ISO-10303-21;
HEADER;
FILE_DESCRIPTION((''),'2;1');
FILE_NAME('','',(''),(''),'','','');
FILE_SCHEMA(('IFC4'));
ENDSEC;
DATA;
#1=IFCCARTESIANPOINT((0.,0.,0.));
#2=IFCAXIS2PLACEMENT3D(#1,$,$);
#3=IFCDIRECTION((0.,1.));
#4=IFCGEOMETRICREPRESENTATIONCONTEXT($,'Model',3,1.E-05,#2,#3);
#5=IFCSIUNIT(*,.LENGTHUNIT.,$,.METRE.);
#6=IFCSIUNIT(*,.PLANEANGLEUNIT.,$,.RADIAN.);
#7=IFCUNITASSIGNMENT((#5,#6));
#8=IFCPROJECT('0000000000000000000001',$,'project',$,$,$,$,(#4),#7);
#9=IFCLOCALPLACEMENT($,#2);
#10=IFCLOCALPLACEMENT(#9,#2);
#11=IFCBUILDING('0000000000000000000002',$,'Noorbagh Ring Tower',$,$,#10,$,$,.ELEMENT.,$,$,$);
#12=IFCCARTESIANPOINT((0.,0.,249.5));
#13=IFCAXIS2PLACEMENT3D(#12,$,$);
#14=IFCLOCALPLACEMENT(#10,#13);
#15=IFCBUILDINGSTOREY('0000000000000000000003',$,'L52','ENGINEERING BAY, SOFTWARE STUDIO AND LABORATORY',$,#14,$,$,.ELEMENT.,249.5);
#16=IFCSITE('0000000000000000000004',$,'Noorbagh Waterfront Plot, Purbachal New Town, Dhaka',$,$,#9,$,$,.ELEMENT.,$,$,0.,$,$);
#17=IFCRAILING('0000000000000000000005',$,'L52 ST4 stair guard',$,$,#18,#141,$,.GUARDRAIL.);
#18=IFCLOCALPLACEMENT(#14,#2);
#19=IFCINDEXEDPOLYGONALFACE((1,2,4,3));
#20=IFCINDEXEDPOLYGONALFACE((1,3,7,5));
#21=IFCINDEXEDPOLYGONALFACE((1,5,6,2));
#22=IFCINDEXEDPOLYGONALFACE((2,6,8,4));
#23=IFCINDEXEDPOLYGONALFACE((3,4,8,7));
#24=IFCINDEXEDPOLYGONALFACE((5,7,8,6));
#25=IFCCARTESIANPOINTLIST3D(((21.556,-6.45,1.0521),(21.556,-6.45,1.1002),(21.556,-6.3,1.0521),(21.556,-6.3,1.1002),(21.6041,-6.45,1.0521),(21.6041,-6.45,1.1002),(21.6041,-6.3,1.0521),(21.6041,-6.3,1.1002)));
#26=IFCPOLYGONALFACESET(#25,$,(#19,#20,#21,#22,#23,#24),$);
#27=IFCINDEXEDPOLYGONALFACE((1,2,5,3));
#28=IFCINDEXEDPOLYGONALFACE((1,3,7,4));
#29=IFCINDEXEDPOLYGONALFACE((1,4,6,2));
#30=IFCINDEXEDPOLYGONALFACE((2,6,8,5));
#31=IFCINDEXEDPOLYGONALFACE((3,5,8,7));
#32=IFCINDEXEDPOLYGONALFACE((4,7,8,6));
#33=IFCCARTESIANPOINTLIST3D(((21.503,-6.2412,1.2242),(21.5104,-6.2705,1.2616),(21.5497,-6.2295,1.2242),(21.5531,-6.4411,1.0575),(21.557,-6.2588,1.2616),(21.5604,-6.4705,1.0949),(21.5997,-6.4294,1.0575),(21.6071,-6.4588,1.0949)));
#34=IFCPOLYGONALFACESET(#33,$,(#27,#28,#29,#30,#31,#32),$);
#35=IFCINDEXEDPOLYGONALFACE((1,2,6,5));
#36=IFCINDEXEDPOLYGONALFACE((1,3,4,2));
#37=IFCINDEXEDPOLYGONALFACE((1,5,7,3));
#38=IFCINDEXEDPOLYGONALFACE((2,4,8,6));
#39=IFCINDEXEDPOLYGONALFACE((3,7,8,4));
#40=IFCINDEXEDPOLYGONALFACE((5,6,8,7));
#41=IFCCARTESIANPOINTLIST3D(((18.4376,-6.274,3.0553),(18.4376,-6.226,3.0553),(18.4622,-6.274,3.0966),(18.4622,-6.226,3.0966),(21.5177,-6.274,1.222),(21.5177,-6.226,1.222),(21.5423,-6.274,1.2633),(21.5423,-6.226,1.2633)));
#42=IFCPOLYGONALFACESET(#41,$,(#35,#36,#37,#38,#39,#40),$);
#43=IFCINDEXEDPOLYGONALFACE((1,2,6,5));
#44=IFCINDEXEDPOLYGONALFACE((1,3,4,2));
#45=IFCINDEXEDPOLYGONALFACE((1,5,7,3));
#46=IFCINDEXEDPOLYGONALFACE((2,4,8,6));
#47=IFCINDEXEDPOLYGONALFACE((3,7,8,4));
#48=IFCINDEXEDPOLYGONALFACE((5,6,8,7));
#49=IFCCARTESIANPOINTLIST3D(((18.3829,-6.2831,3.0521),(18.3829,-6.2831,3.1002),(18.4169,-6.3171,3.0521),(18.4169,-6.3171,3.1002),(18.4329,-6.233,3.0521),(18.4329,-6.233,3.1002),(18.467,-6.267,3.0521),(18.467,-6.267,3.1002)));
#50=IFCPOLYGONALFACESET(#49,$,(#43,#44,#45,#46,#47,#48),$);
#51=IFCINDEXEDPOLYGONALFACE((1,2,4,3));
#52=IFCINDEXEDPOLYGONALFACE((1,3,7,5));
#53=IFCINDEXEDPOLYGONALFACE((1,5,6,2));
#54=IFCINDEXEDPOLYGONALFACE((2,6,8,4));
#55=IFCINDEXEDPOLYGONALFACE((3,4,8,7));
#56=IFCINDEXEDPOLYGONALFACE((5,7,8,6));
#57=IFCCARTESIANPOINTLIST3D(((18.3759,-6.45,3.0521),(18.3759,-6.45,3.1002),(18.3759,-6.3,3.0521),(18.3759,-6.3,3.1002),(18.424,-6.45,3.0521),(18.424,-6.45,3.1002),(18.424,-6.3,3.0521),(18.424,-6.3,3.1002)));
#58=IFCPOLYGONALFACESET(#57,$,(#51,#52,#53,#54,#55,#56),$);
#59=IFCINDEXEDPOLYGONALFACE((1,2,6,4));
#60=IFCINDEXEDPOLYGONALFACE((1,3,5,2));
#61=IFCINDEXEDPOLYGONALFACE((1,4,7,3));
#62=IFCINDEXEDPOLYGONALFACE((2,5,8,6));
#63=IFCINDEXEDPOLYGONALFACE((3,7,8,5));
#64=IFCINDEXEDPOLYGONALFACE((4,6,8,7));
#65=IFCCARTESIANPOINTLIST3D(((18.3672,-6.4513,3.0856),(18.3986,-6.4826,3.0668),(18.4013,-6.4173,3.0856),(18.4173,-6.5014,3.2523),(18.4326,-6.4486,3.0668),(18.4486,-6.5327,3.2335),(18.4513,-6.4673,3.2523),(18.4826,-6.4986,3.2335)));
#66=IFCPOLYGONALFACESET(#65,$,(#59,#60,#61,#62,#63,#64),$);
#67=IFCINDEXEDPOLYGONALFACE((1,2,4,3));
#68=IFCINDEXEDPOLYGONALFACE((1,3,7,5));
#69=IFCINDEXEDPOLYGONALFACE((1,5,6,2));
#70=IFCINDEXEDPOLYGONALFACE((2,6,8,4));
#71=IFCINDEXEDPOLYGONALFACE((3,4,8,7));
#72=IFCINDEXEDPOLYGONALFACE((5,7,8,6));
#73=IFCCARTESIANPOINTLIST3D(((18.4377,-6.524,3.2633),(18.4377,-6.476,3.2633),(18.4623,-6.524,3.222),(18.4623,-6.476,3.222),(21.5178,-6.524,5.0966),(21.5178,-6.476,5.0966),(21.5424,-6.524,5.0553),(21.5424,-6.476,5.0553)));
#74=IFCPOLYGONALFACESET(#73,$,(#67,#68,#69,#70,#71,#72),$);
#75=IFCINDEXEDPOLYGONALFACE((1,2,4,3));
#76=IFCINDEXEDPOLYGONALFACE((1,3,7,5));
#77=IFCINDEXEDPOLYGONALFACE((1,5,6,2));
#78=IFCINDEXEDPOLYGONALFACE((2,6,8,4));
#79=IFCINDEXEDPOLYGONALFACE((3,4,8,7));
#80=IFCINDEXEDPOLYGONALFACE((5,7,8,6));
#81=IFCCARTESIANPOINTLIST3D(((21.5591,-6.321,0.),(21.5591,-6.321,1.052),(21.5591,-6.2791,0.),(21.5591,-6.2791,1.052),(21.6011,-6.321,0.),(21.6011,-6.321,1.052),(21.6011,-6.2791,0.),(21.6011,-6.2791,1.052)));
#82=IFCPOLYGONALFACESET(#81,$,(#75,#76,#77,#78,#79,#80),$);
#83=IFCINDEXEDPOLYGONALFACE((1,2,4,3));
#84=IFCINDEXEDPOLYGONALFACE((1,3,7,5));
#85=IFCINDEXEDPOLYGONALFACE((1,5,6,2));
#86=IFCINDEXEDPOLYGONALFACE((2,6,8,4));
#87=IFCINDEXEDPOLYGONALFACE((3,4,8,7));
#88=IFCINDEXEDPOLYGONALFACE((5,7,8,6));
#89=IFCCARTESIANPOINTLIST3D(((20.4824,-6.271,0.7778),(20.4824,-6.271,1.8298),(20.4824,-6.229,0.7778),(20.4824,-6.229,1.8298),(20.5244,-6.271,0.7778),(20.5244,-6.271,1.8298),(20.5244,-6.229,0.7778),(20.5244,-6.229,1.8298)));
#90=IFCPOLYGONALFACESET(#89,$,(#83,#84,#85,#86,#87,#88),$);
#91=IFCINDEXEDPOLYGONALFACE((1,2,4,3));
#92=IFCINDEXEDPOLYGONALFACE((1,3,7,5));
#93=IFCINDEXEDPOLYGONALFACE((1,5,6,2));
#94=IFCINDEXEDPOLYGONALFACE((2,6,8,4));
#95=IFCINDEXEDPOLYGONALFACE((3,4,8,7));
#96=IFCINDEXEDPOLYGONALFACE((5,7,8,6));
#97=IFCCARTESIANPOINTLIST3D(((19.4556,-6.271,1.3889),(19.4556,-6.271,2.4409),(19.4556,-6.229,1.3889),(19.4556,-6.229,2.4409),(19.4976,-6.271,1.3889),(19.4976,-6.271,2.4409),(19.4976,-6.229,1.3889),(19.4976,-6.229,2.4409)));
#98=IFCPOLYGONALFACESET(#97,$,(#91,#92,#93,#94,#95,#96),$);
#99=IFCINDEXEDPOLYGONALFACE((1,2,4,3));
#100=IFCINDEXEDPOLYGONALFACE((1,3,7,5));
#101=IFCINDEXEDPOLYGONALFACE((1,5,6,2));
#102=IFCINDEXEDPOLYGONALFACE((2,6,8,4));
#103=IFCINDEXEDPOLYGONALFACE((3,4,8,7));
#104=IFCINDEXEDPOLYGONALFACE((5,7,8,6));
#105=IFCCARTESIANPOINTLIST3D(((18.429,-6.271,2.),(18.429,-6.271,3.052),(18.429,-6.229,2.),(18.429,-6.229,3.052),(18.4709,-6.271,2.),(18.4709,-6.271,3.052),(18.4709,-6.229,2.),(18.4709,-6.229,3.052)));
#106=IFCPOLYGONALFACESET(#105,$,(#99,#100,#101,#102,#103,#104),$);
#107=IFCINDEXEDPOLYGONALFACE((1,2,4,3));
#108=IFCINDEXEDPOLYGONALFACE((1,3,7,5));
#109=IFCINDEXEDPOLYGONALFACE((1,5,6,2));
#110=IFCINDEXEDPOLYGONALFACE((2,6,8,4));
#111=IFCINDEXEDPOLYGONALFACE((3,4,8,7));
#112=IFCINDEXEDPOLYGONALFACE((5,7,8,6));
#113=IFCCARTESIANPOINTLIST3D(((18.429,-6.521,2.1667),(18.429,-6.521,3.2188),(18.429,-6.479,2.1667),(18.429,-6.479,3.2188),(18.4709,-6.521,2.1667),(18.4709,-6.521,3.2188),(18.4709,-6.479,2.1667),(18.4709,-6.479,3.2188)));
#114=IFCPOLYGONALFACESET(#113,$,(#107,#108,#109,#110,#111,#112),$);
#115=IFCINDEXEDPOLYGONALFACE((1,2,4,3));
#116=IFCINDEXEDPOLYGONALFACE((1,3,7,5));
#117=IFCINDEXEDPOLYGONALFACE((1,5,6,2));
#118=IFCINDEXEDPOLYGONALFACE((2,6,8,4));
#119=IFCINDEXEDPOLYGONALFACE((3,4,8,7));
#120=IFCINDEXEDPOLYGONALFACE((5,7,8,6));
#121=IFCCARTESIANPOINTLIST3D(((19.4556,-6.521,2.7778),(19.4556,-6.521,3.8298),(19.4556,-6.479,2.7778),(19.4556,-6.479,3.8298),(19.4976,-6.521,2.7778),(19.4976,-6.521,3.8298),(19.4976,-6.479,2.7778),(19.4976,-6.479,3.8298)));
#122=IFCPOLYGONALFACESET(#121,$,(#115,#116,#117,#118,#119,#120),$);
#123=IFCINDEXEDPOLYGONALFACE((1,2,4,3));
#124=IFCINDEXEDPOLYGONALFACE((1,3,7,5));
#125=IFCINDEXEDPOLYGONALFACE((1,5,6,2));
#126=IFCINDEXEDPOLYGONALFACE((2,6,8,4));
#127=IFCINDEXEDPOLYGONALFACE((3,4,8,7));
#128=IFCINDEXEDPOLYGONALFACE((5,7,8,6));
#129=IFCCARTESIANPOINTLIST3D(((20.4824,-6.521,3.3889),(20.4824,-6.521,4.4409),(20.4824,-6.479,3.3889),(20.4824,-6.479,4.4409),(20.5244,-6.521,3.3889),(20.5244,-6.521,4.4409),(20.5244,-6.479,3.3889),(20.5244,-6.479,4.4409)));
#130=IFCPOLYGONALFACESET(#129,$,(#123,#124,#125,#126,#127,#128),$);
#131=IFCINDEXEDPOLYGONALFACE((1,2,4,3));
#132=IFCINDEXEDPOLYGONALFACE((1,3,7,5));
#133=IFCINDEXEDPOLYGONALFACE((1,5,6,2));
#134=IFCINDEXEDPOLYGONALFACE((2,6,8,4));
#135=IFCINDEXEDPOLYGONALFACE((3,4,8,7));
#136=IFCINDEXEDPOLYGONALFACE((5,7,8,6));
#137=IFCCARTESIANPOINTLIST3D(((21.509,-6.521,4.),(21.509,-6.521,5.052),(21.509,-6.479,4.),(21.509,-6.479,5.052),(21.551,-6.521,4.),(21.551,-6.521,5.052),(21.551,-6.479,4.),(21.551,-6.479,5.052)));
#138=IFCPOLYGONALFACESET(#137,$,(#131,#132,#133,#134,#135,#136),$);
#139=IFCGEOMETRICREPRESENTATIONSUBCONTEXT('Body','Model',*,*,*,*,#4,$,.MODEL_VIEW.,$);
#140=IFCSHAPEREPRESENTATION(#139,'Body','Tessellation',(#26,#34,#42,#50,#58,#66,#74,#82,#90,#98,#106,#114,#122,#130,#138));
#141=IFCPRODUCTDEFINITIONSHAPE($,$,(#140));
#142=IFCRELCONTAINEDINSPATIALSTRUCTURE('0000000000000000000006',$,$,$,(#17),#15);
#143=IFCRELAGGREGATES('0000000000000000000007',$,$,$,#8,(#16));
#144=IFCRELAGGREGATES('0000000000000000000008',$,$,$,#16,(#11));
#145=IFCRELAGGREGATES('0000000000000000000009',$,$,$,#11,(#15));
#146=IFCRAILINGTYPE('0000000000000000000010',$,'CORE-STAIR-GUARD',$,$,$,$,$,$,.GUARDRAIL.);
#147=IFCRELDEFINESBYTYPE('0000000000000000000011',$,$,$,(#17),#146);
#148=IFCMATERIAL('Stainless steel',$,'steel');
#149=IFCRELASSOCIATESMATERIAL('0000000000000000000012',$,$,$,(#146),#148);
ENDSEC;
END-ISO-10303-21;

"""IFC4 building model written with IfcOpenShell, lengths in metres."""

from ifc_helpers import new_model, si_unit, direction, frame, origin, origin_2d, place, context, subcontext, project, spatial, rectangle, extrude, material, type_object, element, save


model = new_model("IFC4")

# Units and contexts
model_context = context("Model", 3, precision=1e-05, world=origin(), true_north=direction((0.0, 1.0)))
body_context = subcontext(model_context, "Body", "Model", "MODEL_VIEW")
ifc_project = project(units=[si_unit("LENGTHUNIT", "METRE"), si_unit("PLANEANGLEUNIT", "RADIAN")], contexts=[model_context])

# Site, building, storey
site_placement = place(None, origin())
site = spatial("IfcSite", under=ifc_project, at=site_placement, Name="Noorbagh Waterfront Plot, Purbachal New Town, Dhaka", CompositionType="ELEMENT", RefElevation=0.0)
building_placement = place(site_placement, origin())
building = spatial("IfcBuilding", under=site, at=building_placement, Name="Noorbagh Ring Tower", CompositionType="ELEMENT")
storey_placement = place(building_placement, frame((0.0, 0.0, 249.5)))
storey = spatial("IfcBuildingStorey", under=building, at=storey_placement, Name="L52", Description="ENGINEERING BAY, SOFTWARE STUDIO AND LABORATORY", CompositionType="ELEMENT", Elevation=249.5)

# Railing
ifc_material_1 = material(Name="Stainless steel", Category="steel")
railing_type_1 = type_object("IfcRailingType", Name="CORE-STAIR-GUARD", PredefinedType="GUARDRAIL", material=ifc_material_1)
railing_1_placement = place(storey_placement, frame((21.5801, -6.3, 0.0)))
element("IfcRailing", 1, at=railing_1_placement, inside=storey, type_object=railing_type_1, Name="L52 ST4 stair guard", PredefinedType="GUARDRAIL", context=body_context, shape_type="SweptSolid", body=[
    extrude(rectangle(XDim=0.0481, YDim=0.0481, at=origin_2d()), frame((0.0, 0.0, 1.0762), z_axis=(0.0, -1.0, 0.0), x_axis=(1.0, 0.0, 0.0)), (0.0, 0.0, 1.0), 0.1499),
    extrude(rectangle(XDim=0.0481, YDim=0.0481, at=origin_2d()), frame((0.0, -0.1499, 1.0762), z_axis=(-0.188776, 0.754182, 0.628946), x_axis=(-0.970073, -0.242814, 0.0)), (0.0, 0.0, 1.0), 0.2651),
    extrude(rectangle(XDim=0.0481, YDim=0.0481, at=origin_2d()), frame((-0.05, 0.05, 1.2427), z_axis=(-0.859309, 0.0, 0.511458), x_axis=(0.0, -1.0, 0.0)), (0.0, 0.0, 1.0), 3.5845),
    extrude(rectangle(XDim=0.0481, YDim=0.0481, at=origin_2d()), frame((-3.1301, 0.05, 3.0762), z_axis=(-0.707107, -0.707107, 0.0), x_axis=(0.707107, -0.707107, 0.0)), (0.0, 0.0, 1.0), 0.0708),
    extrude(rectangle(XDim=0.0481, YDim=0.0481, at=origin_2d()), frame((-3.1802, 0.0, 3.0762), z_axis=(0.0, -1.0, 0.0), x_axis=(1.0, 0.0, 0.0)), (0.0, 0.0, 1.0), 0.1499),
    extrude(rectangle(XDim=0.0481, YDim=0.0481, at=origin_2d()), frame((-3.1802, -0.1499, 3.0762), z_axis=(0.276287, -0.276287, 0.920506), x_axis=(0.707107, 0.707107, 0.0)), (0.0, 0.0, 1.0), 0.1812),
    extrude(rectangle(XDim=0.0481, YDim=0.0481, at=origin_2d()), frame((-3.1301, -0.2, 3.2427), z_axis=(0.859309, 0.0, 0.511458), x_axis=(0.0, 1.0, 0.0)), (0.0, 0.0, 1.0), 3.5845),
    extrude(rectangle(XDim=0.042, YDim=0.042, at=origin_2d()), origin(), (0.0, 0.0, 1.0), 1.052),
    extrude(rectangle(XDim=0.042, YDim=0.042, at=origin_2d()), frame((-1.0767, 0.05, 0.7778)), (0.0, 0.0, 1.0), 1.052),
    extrude(rectangle(XDim=0.042, YDim=0.042, at=origin_2d()), frame((-2.1035, 0.05, 1.3889)), (0.0, 0.0, 1.0), 1.052),
    extrude(rectangle(XDim=0.042, YDim=0.042, at=origin_2d()), frame((-3.1301, 0.05, 2.0)), (0.0, 0.0, 1.0), 1.052),
    extrude(rectangle(XDim=0.042, YDim=0.042, at=origin_2d()), frame((-3.1301, -0.2, 2.1667)), (0.0, 0.0, 1.0), 1.052),
    extrude(rectangle(XDim=0.042, YDim=0.042, at=origin_2d()), frame((-2.1035, -0.2, 2.7778)), (0.0, 0.0, 1.0), 1.052),
    extrude(rectangle(XDim=0.042, YDim=0.042, at=origin_2d()), frame((-1.0767, -0.2, 3.3889)), (0.0, 0.0, 1.0), 1.052),
    extrude(rectangle(XDim=0.042, YDim=0.042, at=origin_2d()), frame((-0.05, -0.2, 4.0)), (0.0, 0.0, 1.0), 1.052),
])

save(model, "model.ifc")
